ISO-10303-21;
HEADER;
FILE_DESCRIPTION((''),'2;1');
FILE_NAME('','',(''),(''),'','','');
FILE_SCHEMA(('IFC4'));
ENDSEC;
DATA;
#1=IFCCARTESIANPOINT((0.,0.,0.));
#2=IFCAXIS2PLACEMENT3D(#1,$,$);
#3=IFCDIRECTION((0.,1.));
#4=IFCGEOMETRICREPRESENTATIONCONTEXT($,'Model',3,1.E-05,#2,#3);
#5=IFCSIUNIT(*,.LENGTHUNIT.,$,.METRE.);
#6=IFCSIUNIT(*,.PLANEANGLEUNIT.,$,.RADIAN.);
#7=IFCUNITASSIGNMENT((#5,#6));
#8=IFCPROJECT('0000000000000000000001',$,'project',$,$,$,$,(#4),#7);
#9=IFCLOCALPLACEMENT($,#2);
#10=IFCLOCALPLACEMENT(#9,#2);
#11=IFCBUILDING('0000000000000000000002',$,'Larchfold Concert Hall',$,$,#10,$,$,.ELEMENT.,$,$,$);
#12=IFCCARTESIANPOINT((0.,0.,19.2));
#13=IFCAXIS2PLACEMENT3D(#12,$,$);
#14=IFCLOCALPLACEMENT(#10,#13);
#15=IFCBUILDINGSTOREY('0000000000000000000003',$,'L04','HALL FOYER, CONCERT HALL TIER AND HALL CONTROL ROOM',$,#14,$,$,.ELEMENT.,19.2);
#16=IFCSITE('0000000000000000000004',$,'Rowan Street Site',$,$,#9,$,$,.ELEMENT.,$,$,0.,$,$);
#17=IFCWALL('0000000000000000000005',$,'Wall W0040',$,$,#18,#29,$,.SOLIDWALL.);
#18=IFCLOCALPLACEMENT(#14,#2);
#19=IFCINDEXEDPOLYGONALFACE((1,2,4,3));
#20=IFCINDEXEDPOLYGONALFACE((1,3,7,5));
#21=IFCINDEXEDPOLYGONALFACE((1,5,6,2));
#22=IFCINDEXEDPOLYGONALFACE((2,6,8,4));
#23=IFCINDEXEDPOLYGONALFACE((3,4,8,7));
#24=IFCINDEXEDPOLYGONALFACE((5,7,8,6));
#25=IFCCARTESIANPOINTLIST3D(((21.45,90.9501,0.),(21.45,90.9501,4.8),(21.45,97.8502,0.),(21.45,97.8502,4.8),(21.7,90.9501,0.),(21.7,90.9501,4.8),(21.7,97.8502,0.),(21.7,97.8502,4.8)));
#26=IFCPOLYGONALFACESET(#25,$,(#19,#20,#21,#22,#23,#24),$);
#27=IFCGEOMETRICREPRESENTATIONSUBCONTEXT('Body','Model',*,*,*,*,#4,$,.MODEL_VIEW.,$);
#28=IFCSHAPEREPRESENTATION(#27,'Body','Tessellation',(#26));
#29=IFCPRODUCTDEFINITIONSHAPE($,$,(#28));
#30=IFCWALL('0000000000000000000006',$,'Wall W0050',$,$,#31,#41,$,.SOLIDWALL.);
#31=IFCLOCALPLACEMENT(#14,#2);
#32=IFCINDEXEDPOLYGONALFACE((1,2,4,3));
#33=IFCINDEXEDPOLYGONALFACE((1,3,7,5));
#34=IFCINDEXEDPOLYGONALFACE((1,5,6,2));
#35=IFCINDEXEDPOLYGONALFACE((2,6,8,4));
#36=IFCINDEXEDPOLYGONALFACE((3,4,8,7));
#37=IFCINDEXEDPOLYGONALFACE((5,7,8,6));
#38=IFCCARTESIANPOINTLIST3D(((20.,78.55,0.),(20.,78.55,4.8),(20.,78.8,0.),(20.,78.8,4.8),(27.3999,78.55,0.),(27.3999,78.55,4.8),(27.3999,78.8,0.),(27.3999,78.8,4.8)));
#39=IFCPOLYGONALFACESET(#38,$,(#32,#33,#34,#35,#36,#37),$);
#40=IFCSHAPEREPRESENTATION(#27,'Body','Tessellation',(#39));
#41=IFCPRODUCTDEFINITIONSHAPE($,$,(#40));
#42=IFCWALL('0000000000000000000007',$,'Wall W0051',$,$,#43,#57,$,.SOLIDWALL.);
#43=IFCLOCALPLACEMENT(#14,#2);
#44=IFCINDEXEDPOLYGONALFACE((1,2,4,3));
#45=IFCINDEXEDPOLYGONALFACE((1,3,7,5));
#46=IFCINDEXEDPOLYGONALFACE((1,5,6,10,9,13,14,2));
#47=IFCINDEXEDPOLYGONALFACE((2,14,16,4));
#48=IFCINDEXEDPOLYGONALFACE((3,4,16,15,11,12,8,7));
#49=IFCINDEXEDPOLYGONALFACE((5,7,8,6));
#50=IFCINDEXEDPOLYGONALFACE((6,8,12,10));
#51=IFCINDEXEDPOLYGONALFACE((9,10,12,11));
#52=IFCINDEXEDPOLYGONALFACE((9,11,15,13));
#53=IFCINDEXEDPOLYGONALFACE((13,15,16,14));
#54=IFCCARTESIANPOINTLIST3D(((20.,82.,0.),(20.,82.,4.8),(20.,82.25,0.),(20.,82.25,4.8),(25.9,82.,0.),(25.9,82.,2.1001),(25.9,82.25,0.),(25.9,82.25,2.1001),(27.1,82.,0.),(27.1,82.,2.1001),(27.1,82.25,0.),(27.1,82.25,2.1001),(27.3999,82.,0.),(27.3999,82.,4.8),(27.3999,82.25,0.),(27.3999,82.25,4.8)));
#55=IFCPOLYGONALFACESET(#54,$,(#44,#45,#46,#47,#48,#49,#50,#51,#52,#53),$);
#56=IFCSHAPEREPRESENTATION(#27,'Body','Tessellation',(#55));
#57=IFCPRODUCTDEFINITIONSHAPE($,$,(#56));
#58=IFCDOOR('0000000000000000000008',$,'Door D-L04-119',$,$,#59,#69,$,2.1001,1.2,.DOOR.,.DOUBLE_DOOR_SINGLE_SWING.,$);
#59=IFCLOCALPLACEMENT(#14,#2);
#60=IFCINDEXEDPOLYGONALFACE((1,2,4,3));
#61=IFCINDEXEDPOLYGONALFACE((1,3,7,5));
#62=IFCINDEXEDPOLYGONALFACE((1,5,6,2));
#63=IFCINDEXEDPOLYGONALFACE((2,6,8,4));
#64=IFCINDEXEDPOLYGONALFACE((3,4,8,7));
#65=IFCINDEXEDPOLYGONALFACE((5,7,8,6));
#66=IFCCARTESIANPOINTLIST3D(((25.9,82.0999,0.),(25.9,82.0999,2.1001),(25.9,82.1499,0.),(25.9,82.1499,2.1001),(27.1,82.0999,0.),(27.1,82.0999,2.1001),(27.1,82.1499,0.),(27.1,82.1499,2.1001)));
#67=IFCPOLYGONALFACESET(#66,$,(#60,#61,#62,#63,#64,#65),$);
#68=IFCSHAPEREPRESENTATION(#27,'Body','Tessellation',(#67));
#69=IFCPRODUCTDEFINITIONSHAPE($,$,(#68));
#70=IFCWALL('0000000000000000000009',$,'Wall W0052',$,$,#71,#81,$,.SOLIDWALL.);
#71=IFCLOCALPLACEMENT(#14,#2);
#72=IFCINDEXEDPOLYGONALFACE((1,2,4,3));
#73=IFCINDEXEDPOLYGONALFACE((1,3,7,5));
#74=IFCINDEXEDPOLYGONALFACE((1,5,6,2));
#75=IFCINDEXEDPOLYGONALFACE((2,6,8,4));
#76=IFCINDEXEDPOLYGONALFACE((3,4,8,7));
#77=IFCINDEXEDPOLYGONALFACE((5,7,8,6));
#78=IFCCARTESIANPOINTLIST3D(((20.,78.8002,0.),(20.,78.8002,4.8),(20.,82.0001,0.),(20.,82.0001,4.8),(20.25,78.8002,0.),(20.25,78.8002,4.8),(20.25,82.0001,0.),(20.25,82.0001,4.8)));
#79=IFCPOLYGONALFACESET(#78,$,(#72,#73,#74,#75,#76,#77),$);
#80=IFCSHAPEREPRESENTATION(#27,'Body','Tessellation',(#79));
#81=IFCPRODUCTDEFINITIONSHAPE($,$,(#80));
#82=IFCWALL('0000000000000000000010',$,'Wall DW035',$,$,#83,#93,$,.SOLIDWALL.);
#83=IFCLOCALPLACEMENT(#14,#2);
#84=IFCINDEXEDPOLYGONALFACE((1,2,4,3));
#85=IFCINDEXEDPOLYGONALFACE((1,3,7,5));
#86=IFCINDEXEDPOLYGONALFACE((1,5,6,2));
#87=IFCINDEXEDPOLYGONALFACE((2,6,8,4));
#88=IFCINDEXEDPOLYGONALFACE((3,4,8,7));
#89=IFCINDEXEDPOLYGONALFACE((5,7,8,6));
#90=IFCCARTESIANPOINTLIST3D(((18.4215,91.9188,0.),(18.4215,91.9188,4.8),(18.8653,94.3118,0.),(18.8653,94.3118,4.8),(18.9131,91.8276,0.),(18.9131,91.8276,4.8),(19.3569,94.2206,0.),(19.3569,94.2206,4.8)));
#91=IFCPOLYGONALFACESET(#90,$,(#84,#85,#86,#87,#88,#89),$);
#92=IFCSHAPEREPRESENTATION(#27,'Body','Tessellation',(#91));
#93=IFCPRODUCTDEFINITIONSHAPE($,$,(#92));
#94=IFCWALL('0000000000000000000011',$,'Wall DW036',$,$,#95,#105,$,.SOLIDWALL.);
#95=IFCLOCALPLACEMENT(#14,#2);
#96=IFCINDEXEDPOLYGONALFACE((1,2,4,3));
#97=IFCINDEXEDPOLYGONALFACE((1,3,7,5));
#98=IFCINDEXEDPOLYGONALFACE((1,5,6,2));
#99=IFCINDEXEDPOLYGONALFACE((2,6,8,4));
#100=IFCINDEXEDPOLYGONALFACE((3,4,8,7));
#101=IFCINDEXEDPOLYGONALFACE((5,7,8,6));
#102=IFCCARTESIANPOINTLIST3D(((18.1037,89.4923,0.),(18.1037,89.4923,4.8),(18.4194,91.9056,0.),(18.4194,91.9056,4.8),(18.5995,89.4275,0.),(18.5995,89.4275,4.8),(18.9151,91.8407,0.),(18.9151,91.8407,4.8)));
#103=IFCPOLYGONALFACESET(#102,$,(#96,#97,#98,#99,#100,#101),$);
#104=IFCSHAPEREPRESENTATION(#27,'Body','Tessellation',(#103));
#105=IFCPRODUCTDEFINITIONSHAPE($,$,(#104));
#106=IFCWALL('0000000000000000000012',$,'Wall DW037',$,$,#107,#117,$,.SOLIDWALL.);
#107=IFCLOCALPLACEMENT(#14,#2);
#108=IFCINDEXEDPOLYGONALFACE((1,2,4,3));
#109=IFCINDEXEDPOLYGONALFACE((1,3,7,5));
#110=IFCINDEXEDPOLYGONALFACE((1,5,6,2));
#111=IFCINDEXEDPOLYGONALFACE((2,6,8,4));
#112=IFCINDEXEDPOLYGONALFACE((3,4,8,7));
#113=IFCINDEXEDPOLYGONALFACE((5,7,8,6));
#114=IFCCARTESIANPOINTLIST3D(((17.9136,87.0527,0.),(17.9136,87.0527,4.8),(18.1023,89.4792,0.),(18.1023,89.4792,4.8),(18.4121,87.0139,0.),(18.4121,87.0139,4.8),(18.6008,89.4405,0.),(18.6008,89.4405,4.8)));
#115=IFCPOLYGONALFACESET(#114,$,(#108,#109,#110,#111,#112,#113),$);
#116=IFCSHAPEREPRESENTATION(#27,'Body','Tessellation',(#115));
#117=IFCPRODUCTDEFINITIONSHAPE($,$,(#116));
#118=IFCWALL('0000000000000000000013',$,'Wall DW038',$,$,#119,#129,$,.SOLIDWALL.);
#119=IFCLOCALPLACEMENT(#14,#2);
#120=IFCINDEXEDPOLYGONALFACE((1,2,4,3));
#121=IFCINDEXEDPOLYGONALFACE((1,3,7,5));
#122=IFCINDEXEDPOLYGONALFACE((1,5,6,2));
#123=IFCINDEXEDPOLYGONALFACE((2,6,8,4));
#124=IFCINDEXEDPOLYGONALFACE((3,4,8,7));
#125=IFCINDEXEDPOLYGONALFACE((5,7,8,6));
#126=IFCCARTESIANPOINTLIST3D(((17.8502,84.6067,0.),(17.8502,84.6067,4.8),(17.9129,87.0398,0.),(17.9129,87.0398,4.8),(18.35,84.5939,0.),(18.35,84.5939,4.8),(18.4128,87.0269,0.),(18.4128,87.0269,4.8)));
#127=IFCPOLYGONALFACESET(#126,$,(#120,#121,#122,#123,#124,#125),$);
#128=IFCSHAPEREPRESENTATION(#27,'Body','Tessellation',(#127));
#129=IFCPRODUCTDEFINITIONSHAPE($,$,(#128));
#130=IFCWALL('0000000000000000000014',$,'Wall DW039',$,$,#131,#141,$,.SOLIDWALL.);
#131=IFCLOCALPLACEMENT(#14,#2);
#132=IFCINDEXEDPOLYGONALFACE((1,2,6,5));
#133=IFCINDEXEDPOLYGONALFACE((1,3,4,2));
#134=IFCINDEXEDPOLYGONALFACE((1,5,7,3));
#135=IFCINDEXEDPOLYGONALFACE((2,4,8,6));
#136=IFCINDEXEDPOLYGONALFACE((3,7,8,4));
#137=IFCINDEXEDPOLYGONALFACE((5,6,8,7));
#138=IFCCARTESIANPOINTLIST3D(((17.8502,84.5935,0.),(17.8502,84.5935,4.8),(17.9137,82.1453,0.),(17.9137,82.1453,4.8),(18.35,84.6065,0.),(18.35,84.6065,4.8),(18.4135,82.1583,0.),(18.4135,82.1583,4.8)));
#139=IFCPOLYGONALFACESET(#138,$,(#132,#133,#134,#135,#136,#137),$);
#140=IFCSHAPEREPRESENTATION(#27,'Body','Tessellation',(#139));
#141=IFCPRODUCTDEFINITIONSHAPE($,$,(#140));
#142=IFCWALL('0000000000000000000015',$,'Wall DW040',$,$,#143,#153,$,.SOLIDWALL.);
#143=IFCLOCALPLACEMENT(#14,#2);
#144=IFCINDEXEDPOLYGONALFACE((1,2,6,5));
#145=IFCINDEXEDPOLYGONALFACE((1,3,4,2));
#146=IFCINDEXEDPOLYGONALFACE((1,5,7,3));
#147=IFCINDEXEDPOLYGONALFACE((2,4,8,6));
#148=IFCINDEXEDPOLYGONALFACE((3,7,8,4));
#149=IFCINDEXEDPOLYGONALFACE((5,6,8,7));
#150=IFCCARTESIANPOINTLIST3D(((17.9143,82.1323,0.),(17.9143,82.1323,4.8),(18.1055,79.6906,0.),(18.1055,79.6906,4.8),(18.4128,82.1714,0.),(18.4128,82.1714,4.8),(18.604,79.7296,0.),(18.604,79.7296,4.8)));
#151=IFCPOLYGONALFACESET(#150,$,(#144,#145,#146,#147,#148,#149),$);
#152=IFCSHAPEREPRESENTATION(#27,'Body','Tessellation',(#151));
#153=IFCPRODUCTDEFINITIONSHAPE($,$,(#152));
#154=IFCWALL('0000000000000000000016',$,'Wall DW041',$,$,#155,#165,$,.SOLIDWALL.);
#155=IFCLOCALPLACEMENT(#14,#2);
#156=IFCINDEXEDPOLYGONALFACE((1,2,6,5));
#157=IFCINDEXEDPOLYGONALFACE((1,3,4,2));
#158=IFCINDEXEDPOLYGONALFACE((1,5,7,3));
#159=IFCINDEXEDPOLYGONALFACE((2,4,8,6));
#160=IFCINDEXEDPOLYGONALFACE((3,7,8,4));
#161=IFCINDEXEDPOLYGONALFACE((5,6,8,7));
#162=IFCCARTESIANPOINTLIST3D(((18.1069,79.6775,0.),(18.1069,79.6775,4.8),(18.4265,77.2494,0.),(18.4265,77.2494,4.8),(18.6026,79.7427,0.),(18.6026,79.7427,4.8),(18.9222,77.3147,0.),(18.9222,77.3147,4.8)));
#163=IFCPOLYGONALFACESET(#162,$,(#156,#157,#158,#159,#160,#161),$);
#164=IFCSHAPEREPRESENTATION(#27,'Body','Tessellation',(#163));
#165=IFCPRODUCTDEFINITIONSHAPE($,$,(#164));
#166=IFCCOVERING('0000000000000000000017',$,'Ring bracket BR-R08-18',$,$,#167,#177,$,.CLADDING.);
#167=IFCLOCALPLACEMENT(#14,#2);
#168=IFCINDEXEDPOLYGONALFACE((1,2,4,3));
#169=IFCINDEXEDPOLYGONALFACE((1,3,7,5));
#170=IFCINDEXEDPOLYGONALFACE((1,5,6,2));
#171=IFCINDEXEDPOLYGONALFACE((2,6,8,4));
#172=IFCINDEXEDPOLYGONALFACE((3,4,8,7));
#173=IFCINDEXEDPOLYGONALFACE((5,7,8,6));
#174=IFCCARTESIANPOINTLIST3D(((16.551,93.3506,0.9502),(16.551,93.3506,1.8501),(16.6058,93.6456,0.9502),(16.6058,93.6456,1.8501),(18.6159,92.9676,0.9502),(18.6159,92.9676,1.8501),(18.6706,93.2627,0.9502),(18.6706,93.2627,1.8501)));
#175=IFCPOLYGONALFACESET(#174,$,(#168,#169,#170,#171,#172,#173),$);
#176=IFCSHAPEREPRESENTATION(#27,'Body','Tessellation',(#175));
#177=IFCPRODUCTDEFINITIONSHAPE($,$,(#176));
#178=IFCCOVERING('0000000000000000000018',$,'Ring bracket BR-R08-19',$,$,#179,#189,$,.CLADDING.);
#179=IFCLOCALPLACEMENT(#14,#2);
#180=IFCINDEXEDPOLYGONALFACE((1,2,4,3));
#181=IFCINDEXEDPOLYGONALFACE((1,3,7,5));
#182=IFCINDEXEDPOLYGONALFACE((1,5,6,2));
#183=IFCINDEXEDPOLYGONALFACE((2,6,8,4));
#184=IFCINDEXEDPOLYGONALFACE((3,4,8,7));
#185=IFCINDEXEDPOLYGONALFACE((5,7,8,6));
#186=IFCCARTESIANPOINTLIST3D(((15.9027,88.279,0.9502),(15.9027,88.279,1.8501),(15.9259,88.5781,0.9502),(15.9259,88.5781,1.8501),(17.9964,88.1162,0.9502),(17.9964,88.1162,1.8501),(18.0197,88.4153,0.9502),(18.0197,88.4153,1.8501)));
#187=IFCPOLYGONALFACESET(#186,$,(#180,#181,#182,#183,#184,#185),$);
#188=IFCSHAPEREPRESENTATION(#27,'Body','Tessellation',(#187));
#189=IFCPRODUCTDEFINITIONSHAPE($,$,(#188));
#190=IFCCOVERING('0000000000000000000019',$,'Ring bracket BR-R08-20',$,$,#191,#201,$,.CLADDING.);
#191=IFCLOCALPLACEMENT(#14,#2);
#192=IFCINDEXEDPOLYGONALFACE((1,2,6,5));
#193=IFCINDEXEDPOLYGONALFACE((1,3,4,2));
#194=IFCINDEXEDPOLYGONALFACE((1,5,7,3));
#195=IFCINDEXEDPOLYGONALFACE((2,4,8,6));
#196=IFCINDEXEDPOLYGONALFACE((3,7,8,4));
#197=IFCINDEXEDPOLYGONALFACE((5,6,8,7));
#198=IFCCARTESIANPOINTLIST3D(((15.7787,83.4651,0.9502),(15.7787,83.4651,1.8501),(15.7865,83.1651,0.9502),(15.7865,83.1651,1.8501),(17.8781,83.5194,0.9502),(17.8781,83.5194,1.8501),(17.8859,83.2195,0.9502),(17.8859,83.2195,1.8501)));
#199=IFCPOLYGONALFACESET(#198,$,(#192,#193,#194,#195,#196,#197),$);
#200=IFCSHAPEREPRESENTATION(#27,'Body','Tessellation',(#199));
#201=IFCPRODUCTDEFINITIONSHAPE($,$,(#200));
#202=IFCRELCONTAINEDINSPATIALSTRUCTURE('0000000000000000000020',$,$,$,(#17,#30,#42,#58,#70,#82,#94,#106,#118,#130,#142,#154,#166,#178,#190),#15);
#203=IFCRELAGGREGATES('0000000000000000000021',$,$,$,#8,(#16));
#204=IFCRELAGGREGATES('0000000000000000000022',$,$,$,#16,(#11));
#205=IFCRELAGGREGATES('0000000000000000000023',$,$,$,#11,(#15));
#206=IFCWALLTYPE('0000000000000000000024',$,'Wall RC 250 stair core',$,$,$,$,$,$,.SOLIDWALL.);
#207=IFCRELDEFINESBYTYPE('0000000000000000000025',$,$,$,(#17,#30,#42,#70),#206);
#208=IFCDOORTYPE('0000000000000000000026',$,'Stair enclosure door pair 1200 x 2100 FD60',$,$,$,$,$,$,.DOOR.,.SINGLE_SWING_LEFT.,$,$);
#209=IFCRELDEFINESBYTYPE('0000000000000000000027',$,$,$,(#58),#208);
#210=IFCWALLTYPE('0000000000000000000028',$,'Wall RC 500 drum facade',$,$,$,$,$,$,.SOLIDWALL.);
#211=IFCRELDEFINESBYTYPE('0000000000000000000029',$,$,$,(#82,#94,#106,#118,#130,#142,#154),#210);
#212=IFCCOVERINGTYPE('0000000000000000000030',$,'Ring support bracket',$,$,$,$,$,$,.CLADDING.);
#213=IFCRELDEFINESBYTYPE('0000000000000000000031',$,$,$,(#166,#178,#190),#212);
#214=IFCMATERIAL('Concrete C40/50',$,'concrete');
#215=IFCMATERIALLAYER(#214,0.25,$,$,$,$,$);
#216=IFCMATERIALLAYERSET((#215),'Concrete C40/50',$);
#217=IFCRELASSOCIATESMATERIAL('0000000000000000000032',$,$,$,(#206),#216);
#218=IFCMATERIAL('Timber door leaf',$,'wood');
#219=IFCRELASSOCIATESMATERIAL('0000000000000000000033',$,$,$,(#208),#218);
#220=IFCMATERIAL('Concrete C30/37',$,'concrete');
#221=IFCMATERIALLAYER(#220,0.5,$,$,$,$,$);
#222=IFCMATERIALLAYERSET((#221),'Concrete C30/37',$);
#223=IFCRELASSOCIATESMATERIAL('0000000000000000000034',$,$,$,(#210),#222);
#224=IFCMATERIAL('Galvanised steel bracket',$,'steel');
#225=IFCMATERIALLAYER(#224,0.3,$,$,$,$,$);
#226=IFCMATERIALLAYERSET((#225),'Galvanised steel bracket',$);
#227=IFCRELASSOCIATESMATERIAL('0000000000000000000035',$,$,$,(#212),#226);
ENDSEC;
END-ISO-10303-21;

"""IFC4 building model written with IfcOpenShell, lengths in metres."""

from ifc_helpers import new_model, si_unit, direction, frame, frame_2d, origin, origin_2d, place, context, subcontext, project, spatial, rectangle, extrude, material, layer, layer_set, type_object, element, fill, save


model = new_model("IFC4")

# Units and contexts
model_context = context("Model", 3, precision=1e-05, world=origin(), true_north=direction((0.0, 1.0)))
body_context = subcontext(model_context, "Body", "Model", "MODEL_VIEW")
ifc_project = project(units=[si_unit("LENGTHUNIT", "METRE"), si_unit("PLANEANGLEUNIT", "RADIAN")], contexts=[model_context])

# Site, building, storey
site_placement = place(None, origin())
site = spatial("IfcSite", under=ifc_project, at=site_placement, Name="Rowan Street Site", CompositionType="ELEMENT", RefElevation=0.0)
building_placement = place(site_placement, origin())
building = spatial("IfcBuilding", under=site, at=building_placement, Name="Larchfold Concert Hall", CompositionType="ELEMENT")
storey_placement = place(building_placement, frame((0.0, 0.0, 19.2)))
storey = spatial("IfcBuildingStorey", under=building, at=storey_placement, Name="L04", Description="HALL FOYER, CONCERT HALL TIER AND HALL CONTROL ROOM", CompositionType="ELEMENT", Elevation=19.2)

# Walls
ifc_material_1 = material(Name="Concrete C40/50", Category="concrete")
ifc_layer_1 = layer(ifc_material_1, 0.25)
ifc_layer_set_1 = layer_set([ifc_layer_1], Name="Concrete C40/50")
wall_type_1 = type_object("IfcWallType", Name="Wall RC 250 stair core", PredefinedType="SOLIDWALL", material=ifc_layer_set_1)
wall_1_placement = place(storey_placement, frame((21.575, 90.95, 0.0), z_axis=(0.0, 0.0, 1.0), x_axis=(0.0, 1.0, 0.0)))
element("IfcWall", 1, at=wall_1_placement, inside=storey, type_object=wall_type_1, Name="Wall W0040", PredefinedType="SOLIDWALL", context=body_context, shape_type="SweptSolid", body=[
    extrude(rectangle(XDim=6.9001, YDim=0.25, at=frame_2d((3.4502, 0.0))), origin(), (0.0, 0.0, 1.0), 4.8),
])
wall_2_placement = place(storey_placement, frame((20.0, 78.675, 0.0), z_axis=(0.0, 0.0, 1.0), x_axis=(1.0, 0.0, 0.0)))
element("IfcWall", 2, at=wall_2_placement, inside=storey, type_object=wall_type_1, Name="Wall W0050", PredefinedType="SOLIDWALL", context=body_context, shape_type="SweptSolid", body=[
    extrude(rectangle(XDim=7.3999, YDim=0.25, at=frame_2d((3.7, 0.0))), origin(), (0.0, 0.0, 1.0), 4.8),
])

# Wall, opening, door
wall_3_placement = place(storey_placement, frame((20.0, 82.125, 0.0), z_axis=(0.0, 0.0, 1.0), x_axis=(1.0, 0.0, 0.0)))
wall_3 = element("IfcWall", 3, at=wall_3_placement, inside=storey, type_object=wall_type_1, Name="Wall W0051", PredefinedType="SOLIDWALL", context=body_context, shape_type="SweptSolid", body=[
    extrude(rectangle(XDim=7.3999, YDim=0.25, at=frame_2d((3.7, 0.0))), origin(), (0.0, 0.0, 1.0), 4.8),
])
opening_1_placement = place(wall_3_placement, frame((5.8999, 0.0, 0.0)))
opening_1 = element("IfcOpeningElement", 4, at=opening_1_placement, cuts=wall_3, PredefinedType="OPENING", context=body_context, shape_type="SweptSolid", body=[
    extrude(rectangle(XDim=1.2, YDim=2.1001, at=frame_2d((0.6001, 1.05))), frame((0.0, 0.135, 0.0), z_axis=(0.0, -1.0, 0.0), x_axis=(1.0, 0.0, 0.0)), (0.0, 0.0, 1.0), 0.27),
])
ifc_material_2 = material(Name="Timber door leaf", Category="wood")
door_type_1 = type_object("IfcDoorType", Name="Stair enclosure door pair 1200 x 2100 FD60", OperationType="SINGLE_SWING_LEFT", PredefinedType="DOOR", material=ifc_material_2)
door_1_placement = place(opening_1_placement, origin())
door_1 = element("IfcDoor", 5, at=door_1_placement, inside=storey, type_object=door_type_1, Name="Door D-L04-119", OperationType="DOUBLE_DOOR_SINGLE_SWING", OverallHeight=2.1001, OverallWidth=1.2, PredefinedType="DOOR", context=body_context, shape_type="SweptSolid", body=[
    extrude(rectangle(XDim=1.2, YDim=2.1001, at=frame_2d((0.6001, 1.05))), frame((0.0, 0.0249, 0.0), z_axis=(0.0, -1.0, 0.0), x_axis=(1.0, 0.0, 0.0)), (0.0, 0.0, 1.0), 0.05),
])
fill(opening_1, door_1)

# Walls
wall_4_placement = place(storey_placement, frame((20.125, 78.8, 0.0), z_axis=(0.0, 0.0, 1.0), x_axis=(0.0, 1.0, 0.0)))
element("IfcWall", 6, at=wall_4_placement, inside=storey, type_object=wall_type_1, Name="Wall W0052", PredefinedType="SOLIDWALL", context=body_context, shape_type="SweptSolid", body=[
    extrude(rectangle(XDim=3.2, YDim=0.25, at=frame_2d((1.6001, 0.0))), origin(), (0.0, 0.0, 1.0), 4.8),
])
ifc_material_3 = material(Name="Concrete C30/37", Category="concrete")
ifc_layer_2 = layer(ifc_material_3, 0.5)
ifc_layer_set_2 = layer_set([ifc_layer_2], Name="Concrete C30/37")
wall_type_2 = type_object("IfcWallType", Name="Wall RC 500 drum facade", PredefinedType="SOLIDWALL", material=ifc_layer_set_2)
for number, where, z_axis, x_axis, name in (
    (7, (19.1111, 94.2661, 0.0), (0.0, 0.0, 1.0), (-0.182362, -0.983231, 0.0), "Wall DW035"),
    (8, (18.6672, 91.873, 0.0), (0.0, 0.0, 1.0), (-0.129699, -0.991553, 0.0), "Wall DW036"),
    (9, (18.3516, 89.4597, 0.0), (0.0, 0.0, 1.0), (-0.07754, -0.996989, 0.0), "Wall DW037"),
    (10, (18.1628, 87.0332, 0.0), (0.0, 0.0, 1.0), (-0.025779, -0.999668, 0.0), "Wall DW038"),
):
    element("IfcWall", number, at=place(storey_placement, frame(where, z_axis=z_axis, x_axis=x_axis)), inside=storey, type_object=wall_type_2, Name=name, PredefinedType="SOLIDWALL", context=body_context, shape_type="SweptSolid", body=[
        extrude(rectangle(XDim=2.4338, YDim=0.5, at=frame_2d((1.2168, 0.0))), origin(), (0.0, 0.0, 1.0), 4.8),
    ])
wall_5_placement = place(storey_placement, frame((18.1001, 84.6001, 0.0), z_axis=(0.0, 0.0, 1.0), x_axis=(0.025919, -0.999664, 0.0)))
element("IfcWall", 11, at=wall_5_placement, inside=storey, type_object=wall_type_2, Name="Wall DW039", PredefinedType="SOLIDWALL", context=body_context, shape_type="SweptSolid", body=[
    extrude(rectangle(XDim=2.449, YDim=0.5, at=frame_2d((1.2246, 0.0))), origin(), (0.0, 0.0, 1.0), 4.8),
])
wall_6_placement = place(storey_placement, frame((18.1636, 82.1519, 0.0), z_axis=(0.0, 0.0, 1.0), x_axis=(0.078053, -0.996949, 0.0)))
element("IfcWall", 12, at=wall_6_placement, inside=storey, type_object=wall_type_2, Name="Wall DW040", PredefinedType="SOLIDWALL", context=body_context, shape_type="SweptSolid", body=[
    extrude(rectangle(XDim=2.4492, YDim=0.5, at=frame_2d((1.2246, 0.0))), origin(), (0.0, 0.0, 1.0), 4.8),
])
wall_7_placement = place(storey_placement, frame((18.3547, 79.7102, 0.0), z_axis=(0.0, 0.0, 1.0), x_axis=(0.130498, -0.991449, 0.0)))
element("IfcWall", 13, at=wall_7_placement, inside=storey, type_object=wall_type_2, Name="Wall DW041", PredefinedType="SOLIDWALL", context=body_context, shape_type="SweptSolid", body=[
    extrude(rectangle(XDim=2.449, YDim=0.5, at=frame_2d((1.2246, 0.0))), origin(), (0.0, 0.0, 1.0), 4.8),
])

# Coverings
ifc_material_4 = material(Name="Galvanised steel bracket", Category="steel")
ifc_layer_3 = layer(ifc_material_4, 0.3)
ifc_layer_set_3 = layer_set([ifc_layer_3], Name="Galvanised steel bracket")
covering_type = type_object("IfcCoveringType", Name="Ring support bracket", PredefinedType="CLADDING", material=ifc_layer_set_3)
for number, where, z_axis, x_axis, name in (
    (14, (17.6108, 93.3066, 0.9502), (0.0, 0.0, 1.0), (-0.983232, 0.182361, 0.0), "Ring bracket BR-R08-18"),
    (15, (16.9612, 88.3472, 0.9502), (0.0, 0.0, 1.0), (-0.99699, 0.077528, 0.0), "Ring bracket BR-R08-19"),
    (16, (16.8323, 83.3423, 0.9502), (0.0, 0.0, 1.0), (-0.999665, -0.025882, 0.0), "Ring bracket BR-R08-20"),
):
    element("IfcCovering", number, at=place(storey_placement, frame(where, z_axis=z_axis, x_axis=x_axis)), inside=storey, type_object=covering_type, Name=name, PredefinedType="CLADDING", context=body_context, shape_type="SweptSolid", body=[
        extrude(rectangle(XDim=2.1001, YDim=0.3, at=origin_2d()), origin(), (0.0, 0.0, 1.0), 0.8999),
    ])

save(model, "model.ifc")
